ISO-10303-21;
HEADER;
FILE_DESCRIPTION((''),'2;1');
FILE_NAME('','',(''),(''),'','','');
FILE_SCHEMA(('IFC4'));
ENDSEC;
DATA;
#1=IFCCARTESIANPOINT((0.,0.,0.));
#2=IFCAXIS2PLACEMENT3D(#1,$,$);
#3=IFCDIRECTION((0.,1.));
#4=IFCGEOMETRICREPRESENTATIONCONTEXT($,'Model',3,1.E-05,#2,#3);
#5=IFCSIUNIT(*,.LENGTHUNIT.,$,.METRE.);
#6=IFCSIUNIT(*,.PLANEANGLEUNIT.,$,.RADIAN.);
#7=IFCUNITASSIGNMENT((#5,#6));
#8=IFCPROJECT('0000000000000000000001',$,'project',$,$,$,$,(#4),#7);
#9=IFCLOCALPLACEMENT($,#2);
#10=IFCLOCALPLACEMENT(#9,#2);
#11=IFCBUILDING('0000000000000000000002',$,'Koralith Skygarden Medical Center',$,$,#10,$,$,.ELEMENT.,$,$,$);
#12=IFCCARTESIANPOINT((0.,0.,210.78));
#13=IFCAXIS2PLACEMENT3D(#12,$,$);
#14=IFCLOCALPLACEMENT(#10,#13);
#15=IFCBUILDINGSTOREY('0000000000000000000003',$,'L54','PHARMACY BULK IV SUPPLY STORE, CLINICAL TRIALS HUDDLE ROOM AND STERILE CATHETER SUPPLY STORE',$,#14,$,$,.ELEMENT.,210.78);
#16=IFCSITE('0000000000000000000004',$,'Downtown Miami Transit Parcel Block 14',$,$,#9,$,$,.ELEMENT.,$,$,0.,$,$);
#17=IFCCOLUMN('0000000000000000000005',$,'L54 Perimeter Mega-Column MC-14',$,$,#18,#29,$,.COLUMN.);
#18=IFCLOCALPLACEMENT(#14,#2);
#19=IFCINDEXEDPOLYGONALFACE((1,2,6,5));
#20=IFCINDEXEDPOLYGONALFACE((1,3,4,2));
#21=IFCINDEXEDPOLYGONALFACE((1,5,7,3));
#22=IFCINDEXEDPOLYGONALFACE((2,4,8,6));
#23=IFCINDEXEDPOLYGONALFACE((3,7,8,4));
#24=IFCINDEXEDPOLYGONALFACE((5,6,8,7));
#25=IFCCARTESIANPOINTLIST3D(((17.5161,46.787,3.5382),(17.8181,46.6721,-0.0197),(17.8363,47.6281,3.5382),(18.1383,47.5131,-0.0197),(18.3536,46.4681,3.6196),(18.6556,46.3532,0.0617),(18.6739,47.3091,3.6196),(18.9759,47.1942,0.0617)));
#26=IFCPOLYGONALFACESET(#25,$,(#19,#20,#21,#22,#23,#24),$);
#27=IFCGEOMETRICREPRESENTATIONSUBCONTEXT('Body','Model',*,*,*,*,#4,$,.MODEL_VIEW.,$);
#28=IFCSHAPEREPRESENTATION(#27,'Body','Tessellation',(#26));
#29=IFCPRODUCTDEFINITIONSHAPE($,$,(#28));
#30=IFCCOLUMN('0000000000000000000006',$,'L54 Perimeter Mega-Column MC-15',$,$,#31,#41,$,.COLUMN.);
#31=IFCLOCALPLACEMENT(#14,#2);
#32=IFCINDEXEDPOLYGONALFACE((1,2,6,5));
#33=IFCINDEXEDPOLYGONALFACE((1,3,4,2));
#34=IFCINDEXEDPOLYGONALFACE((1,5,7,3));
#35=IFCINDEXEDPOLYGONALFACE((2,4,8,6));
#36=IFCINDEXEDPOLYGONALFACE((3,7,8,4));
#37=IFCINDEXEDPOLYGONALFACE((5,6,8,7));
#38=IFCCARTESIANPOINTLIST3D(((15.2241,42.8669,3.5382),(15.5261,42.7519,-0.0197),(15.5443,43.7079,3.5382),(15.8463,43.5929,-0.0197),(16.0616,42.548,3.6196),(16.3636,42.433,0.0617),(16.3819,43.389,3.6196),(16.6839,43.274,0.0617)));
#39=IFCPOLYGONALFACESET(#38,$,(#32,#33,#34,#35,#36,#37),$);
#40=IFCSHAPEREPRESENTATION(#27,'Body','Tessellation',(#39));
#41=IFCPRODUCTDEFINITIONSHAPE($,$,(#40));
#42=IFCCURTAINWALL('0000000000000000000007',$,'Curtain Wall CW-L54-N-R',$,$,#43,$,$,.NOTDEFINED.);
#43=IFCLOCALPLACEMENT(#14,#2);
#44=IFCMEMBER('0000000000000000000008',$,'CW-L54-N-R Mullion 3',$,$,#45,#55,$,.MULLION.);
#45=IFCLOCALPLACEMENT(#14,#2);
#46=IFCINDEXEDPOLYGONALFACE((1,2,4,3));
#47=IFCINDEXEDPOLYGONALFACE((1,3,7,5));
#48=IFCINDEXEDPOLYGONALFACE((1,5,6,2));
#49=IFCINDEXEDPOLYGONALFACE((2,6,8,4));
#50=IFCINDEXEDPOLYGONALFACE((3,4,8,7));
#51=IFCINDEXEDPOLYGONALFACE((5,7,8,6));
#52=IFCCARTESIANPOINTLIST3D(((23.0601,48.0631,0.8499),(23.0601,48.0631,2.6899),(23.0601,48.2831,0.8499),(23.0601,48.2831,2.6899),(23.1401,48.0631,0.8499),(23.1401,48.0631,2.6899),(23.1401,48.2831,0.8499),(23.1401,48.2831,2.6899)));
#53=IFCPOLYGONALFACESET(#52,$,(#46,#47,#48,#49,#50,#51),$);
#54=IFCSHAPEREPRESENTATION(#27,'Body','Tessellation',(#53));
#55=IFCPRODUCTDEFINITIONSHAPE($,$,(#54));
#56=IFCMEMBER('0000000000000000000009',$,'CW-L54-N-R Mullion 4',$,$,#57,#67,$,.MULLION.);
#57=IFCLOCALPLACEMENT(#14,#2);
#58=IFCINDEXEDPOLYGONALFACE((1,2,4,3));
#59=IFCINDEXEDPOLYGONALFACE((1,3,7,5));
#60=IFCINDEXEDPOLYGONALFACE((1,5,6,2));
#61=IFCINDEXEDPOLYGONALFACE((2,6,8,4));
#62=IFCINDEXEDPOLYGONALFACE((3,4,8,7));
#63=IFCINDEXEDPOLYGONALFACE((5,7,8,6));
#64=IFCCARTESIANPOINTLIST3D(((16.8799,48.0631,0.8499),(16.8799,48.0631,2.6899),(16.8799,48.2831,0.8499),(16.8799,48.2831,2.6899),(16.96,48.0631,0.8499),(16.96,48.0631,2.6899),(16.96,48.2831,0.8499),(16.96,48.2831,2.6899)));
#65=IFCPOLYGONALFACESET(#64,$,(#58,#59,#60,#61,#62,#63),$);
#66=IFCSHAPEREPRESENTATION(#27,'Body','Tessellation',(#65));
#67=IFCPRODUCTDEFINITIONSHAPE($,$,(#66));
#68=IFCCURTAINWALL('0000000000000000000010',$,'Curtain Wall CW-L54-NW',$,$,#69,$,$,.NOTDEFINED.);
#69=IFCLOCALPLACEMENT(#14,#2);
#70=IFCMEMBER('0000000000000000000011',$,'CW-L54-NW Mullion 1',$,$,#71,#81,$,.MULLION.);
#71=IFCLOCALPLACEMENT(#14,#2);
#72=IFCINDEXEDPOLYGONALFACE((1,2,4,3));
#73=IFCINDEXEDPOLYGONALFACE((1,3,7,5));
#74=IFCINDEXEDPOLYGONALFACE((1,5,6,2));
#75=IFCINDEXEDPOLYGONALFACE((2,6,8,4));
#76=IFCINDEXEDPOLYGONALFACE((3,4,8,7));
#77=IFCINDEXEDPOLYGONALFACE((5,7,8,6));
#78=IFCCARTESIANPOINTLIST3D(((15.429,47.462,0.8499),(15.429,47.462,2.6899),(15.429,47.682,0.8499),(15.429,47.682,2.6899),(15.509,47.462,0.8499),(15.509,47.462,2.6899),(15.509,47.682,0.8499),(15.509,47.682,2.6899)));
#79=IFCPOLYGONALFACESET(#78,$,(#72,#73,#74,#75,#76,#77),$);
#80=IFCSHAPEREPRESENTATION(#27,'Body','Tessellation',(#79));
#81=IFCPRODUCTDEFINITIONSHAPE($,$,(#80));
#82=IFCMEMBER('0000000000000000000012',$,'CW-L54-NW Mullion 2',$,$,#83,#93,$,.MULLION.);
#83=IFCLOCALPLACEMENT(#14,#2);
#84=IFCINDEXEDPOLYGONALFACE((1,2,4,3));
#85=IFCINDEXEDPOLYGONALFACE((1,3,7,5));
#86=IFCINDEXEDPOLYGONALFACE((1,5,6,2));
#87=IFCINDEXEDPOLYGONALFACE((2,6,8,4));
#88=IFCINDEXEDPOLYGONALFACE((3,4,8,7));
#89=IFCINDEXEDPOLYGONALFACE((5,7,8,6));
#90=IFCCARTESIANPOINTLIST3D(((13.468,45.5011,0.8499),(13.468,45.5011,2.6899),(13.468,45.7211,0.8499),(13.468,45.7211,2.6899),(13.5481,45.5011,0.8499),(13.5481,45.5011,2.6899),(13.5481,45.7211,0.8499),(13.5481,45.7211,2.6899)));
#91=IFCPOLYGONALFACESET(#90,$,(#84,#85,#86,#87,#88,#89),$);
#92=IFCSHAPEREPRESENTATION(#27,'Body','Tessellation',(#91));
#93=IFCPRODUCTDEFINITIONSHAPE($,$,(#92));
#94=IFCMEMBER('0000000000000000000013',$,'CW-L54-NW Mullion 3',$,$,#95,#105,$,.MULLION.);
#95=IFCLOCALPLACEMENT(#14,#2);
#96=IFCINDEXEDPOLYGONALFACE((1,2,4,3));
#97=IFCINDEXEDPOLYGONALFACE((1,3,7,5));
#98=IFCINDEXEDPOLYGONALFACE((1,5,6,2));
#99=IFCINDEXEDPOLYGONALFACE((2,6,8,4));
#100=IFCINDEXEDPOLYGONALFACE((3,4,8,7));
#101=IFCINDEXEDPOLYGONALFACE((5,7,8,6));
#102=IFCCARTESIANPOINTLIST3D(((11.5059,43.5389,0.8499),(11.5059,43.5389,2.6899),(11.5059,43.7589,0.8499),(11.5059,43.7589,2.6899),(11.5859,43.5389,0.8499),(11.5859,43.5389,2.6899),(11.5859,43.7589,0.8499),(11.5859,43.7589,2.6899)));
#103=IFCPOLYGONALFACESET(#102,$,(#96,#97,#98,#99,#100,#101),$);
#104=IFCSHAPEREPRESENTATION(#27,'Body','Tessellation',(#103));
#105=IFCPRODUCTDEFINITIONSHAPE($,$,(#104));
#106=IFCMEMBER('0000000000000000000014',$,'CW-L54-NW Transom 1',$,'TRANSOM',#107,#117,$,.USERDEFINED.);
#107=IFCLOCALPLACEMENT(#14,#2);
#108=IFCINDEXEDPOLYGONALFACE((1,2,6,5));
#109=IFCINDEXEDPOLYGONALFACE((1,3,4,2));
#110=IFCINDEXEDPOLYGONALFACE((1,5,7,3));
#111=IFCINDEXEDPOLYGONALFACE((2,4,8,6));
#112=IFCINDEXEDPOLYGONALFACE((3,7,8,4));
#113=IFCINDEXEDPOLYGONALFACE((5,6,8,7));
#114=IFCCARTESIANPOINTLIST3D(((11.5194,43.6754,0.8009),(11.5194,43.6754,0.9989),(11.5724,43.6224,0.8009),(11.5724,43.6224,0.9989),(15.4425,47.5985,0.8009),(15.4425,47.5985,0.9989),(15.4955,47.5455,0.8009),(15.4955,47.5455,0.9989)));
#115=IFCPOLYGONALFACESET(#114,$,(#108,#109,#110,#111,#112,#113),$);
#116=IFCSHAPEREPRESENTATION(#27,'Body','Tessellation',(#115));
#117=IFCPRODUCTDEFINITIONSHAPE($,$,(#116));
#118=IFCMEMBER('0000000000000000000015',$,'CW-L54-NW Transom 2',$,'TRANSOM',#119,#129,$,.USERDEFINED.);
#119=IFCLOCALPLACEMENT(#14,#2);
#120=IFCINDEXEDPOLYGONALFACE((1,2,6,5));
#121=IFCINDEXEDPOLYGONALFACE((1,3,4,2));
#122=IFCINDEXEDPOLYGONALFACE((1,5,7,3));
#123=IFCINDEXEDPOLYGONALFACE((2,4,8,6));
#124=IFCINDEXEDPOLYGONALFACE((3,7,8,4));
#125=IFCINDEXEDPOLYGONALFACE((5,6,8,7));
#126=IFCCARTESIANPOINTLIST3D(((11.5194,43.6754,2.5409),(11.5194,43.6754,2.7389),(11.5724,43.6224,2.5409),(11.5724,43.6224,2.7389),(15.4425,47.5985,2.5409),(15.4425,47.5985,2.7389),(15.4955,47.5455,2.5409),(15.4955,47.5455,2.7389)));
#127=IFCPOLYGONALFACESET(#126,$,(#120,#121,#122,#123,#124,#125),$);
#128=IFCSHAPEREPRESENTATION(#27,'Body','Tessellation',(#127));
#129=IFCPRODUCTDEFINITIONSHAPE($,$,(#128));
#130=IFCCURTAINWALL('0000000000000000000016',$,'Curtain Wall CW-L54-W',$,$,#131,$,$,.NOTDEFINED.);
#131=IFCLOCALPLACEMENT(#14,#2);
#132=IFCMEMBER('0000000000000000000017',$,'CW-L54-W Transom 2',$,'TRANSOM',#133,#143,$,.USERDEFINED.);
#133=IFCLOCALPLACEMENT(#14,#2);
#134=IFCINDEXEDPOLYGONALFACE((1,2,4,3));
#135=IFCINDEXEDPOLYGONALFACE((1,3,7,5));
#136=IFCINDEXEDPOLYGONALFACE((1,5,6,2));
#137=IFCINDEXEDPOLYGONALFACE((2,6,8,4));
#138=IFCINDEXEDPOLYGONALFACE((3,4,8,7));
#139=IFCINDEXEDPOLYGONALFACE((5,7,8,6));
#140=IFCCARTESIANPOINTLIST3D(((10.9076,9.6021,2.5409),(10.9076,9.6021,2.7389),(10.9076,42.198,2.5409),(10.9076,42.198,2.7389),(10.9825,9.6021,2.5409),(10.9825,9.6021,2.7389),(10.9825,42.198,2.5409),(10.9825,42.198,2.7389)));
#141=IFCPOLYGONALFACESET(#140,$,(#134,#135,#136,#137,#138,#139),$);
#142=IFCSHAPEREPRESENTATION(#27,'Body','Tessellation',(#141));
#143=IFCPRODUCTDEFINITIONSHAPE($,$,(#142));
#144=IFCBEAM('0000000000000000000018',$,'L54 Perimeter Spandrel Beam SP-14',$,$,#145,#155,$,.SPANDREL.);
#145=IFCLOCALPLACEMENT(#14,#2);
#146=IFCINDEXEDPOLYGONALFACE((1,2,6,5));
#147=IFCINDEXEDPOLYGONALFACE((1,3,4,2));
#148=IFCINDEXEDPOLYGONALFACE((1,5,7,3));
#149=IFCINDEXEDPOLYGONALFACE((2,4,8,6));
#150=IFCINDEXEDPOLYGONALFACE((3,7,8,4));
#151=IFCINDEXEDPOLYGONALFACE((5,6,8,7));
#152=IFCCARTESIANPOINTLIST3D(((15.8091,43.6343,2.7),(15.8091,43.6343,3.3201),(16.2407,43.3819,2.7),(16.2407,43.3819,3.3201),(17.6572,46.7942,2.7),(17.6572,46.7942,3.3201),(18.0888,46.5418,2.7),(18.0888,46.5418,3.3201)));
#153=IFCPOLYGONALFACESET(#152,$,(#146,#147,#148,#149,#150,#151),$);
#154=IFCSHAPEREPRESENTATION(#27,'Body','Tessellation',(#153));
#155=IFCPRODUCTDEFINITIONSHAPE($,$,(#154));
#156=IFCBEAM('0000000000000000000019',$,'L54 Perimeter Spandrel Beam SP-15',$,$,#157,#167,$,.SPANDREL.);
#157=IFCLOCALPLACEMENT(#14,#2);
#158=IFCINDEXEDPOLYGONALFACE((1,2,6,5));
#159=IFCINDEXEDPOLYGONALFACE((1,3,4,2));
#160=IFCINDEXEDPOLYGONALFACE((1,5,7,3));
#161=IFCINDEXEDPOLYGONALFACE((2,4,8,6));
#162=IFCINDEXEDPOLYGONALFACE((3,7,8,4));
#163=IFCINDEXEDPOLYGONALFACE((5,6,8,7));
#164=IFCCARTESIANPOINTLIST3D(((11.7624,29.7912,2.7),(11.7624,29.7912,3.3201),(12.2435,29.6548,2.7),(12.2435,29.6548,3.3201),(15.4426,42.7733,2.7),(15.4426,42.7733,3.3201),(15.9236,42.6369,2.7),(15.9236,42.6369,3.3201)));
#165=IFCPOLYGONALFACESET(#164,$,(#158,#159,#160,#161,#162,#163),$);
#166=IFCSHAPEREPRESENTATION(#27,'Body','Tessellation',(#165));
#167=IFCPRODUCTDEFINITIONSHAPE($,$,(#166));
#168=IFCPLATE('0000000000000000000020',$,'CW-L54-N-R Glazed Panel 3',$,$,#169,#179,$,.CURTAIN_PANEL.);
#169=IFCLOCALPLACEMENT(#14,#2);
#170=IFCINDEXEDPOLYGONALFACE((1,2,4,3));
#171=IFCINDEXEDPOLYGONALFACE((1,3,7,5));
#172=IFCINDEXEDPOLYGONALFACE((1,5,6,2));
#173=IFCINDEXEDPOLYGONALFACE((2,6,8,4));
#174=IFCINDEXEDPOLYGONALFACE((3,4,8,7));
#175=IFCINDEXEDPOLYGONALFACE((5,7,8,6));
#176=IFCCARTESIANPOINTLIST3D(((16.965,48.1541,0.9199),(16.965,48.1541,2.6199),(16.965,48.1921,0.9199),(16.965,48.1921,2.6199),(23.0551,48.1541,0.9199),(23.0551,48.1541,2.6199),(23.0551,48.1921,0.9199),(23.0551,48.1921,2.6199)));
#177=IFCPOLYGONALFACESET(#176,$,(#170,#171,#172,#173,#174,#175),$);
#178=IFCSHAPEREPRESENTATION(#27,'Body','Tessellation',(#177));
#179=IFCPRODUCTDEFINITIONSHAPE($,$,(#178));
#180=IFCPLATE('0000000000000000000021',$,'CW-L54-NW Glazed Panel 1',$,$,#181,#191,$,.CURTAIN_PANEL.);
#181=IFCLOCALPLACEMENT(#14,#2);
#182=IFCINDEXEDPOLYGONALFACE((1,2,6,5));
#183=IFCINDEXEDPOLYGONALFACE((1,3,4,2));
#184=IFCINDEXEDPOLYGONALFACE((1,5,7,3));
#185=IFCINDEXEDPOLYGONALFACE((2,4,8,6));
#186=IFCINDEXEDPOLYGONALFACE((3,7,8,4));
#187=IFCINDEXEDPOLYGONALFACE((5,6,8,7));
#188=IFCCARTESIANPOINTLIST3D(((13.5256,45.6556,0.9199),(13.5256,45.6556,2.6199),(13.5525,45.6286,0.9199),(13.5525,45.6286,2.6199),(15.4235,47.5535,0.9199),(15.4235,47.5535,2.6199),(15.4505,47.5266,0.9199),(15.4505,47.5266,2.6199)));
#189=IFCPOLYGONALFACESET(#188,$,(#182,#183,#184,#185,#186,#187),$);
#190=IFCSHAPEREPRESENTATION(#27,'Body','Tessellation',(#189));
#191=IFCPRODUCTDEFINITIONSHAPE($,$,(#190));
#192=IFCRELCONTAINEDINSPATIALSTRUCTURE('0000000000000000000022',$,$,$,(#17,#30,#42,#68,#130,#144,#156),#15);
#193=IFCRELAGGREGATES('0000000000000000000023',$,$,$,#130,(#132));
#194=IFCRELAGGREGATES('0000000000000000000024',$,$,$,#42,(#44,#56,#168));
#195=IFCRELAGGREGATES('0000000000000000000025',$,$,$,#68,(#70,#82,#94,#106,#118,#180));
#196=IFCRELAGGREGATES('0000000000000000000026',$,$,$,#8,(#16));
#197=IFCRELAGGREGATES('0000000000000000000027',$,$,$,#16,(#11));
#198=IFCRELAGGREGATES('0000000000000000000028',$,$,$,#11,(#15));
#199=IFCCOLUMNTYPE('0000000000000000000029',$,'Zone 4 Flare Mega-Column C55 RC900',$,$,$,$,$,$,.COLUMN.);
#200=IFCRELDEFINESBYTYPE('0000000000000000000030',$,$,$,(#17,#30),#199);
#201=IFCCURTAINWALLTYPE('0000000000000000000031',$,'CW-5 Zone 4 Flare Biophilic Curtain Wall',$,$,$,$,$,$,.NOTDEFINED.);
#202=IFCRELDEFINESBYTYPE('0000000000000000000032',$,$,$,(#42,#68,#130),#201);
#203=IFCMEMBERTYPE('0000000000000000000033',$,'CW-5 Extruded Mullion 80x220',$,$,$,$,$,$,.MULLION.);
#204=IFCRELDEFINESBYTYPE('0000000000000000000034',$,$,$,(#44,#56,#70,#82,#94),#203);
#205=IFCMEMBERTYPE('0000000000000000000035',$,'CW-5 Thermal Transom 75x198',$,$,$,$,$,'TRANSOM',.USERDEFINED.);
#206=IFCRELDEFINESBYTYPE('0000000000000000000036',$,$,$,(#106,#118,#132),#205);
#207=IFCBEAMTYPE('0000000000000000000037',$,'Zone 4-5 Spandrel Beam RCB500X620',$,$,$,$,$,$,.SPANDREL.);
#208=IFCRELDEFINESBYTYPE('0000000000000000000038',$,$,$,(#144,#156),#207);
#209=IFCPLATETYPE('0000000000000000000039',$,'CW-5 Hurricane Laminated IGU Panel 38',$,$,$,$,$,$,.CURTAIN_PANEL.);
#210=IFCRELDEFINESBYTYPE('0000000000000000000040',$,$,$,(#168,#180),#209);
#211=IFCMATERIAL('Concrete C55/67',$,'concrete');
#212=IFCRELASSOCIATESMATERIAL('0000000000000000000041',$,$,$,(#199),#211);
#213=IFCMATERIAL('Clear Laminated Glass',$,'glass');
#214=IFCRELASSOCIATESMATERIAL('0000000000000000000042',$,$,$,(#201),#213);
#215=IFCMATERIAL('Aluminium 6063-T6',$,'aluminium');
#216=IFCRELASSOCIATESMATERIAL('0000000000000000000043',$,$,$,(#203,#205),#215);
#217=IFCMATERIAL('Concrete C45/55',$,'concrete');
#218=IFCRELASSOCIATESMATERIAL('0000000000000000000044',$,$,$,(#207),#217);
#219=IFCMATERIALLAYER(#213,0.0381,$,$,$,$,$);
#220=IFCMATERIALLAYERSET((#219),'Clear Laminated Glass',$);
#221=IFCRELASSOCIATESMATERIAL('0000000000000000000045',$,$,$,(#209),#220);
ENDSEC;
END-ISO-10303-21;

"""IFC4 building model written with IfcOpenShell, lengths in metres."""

from ifc_helpers import new_model, si_unit, direction, frame, origin, origin_2d, place, context, subcontext, project, spatial, rectangle, extrude, material, layer, layer_set, material_profile, profile_set, type_object, element, aggregate, save


model = new_model("IFC4")

# Units and contexts
model_context = context("Model", 3, precision=1e-05, world=origin(), true_north=direction((0.0, 1.0)))
body_context = subcontext(model_context, "Body", "Model", "MODEL_VIEW")
ifc_project = project(units=[si_unit("LENGTHUNIT", "METRE"), si_unit("PLANEANGLEUNIT", "RADIAN")], contexts=[model_context])

# Site, building, storey
site_placement = place(None, origin())
site = spatial("IfcSite", under=ifc_project, at=site_placement, Name="Downtown Miami Transit Parcel Block 14", CompositionType="ELEMENT", RefElevation=0.0)
building_placement = place(site_placement, origin())
building = spatial("IfcBuilding", under=site, at=building_placement, Name="Koralith Skygarden Medical Center", CompositionType="ELEMENT")
storey_placement = place(building_placement, frame((0.0, 0.0, 210.78)))
storey = spatial("IfcBuildingStorey", under=building, at=storey_placement, Name="L54", Description="PHARMACY BULK IV SUPPLY STORE, CLINICAL TRIALS HUDDLE ROOM AND STERILE CATHETER SUPPLY STORE", CompositionType="ELEMENT", Elevation=210.78)

# Columns
ifc_material_1 = material(Name="Concrete C55/67", Category="concrete")
ifc_material_profile_1 = material_profile(ifc_material_1, rectangle(XDim=0.8999, YDim=0.8999, at=origin_2d()), Name="RC900X900")
ifc_profile_set_1 = profile_set([ifc_material_profile_1], Name="Concrete C55/67")
column_type = type_object("IfcColumnType", Name="Zone 4 Flare Mega-Column C55 RC900", PredefinedType="COLUMN", material=ifc_profile_set_1)
for number, where, z_axis, x_axis, name in (
    (1, (18.397, 46.9331, 0.021), (-0.084535, 0.032188, 0.9959), (-0.355838, -0.934548, 0.0), "L54 Perimeter Mega-Column MC-14"),
    (2, (16.105, 43.0129, 0.021), (-0.084535, 0.032188, 0.9959), (-0.355838, -0.934548, 0.0), "L54 Perimeter Mega-Column MC-15"),
):
    element("IfcColumn", number, at=place(storey_placement, frame(where, z_axis=z_axis, x_axis=x_axis)), inside=storey, type_object=column_type, Name=name, PredefinedType="COLUMN", context=body_context, shape_type="SweptSolid", body=[
        extrude(rectangle(XDim=0.8999, YDim=0.8999, at=origin_2d()), origin(), (0.0, 0.0, 1.0), 3.5725),
    ])

# Curtain walls, members
ifc_material_2 = material(Name="Clear Laminated Glass", Category="glass")
curtain_wall_type = type_object("IfcCurtainWallType", Name="CW-5 Zone 4 Flare Biophilic Curtain Wall", PredefinedType="NOTDEFINED", material=ifc_material_2)
curtain_wall_1_placement = place(storey_placement, origin())
curtain_wall_1 = element("IfcCurtainWall", 3, at=curtain_wall_1_placement, inside=storey, type_object=curtain_wall_type, Name="Curtain Wall CW-L54-N-R", PredefinedType="NOTDEFINED")
ifc_material_3 = material(Name="Aluminium 6063-T6", Category="aluminium")
ifc_material_profile_2 = material_profile(ifc_material_3, rectangle(XDim=0.0801, YDim=0.22, at=origin_2d()), Name="MUL80X220")
ifc_profile_set_2 = profile_set([ifc_material_profile_2], Name="Aluminium 6063-T6")
member_type_1 = type_object("IfcMemberType", Name="CW-5 Extruded Mullion 80x220", PredefinedType="MULLION", material=ifc_profile_set_2)
member_1_placement = place(storey_placement, frame((23.1001, 48.1731, 0.8499), z_axis=(0.0, 0.0, 1.0), x_axis=(1.0, 0.0, 0.0)))
member_1 = element("IfcMember", 4, at=member_1_placement, type_object=member_type_1, Name="CW-L54-N-R Mullion 3", PredefinedType="MULLION", context=body_context, shape_type="SweptSolid", body=[
    extrude(rectangle(XDim=0.0801, YDim=0.22, at=origin_2d()), origin(), (0.0, 0.0, 1.0), 1.8401),
])
member_2_placement = place(storey_placement, frame((16.9199, 48.1731, 0.8499), z_axis=(0.0, 0.0, 1.0), x_axis=(1.0, 0.0, 0.0)))
member_2 = element("IfcMember", 5, at=member_2_placement, type_object=member_type_1, Name="CW-L54-N-R Mullion 4", PredefinedType="MULLION", context=body_context, shape_type="SweptSolid", body=[
    extrude(rectangle(XDim=0.0801, YDim=0.22, at=origin_2d()), origin(), (0.0, 0.0, 1.0), 1.8401),
])
curtain_wall_2_placement = place(storey_placement, origin())
curtain_wall_2 = element("IfcCurtainWall", 6, at=curtain_wall_2_placement, inside=storey, type_object=curtain_wall_type, Name="Curtain Wall CW-L54-NW", PredefinedType="NOTDEFINED")
member_3_placement = place(storey_placement, frame((15.469, 47.572, 0.8499), z_axis=(0.0, 0.0, 1.0), x_axis=(1.0, 0.0, 0.0)))
member_3 = element("IfcMember", 7, at=member_3_placement, type_object=member_type_1, Name="CW-L54-NW Mullion 1", PredefinedType="MULLION", context=body_context, shape_type="SweptSolid", body=[
    extrude(rectangle(XDim=0.0801, YDim=0.22, at=origin_2d()), origin(), (0.0, 0.0, 1.0), 1.8401),
])
member_4_placement = place(storey_placement, frame((13.5081, 45.6111, 0.8499), z_axis=(0.0, 0.0, 1.0), x_axis=(1.0, 0.0, 0.0)))
member_4 = element("IfcMember", 8, at=member_4_placement, type_object=member_type_1, Name="CW-L54-NW Mullion 2", PredefinedType="MULLION", context=body_context, shape_type="SweptSolid", body=[
    extrude(rectangle(XDim=0.0801, YDim=0.22, at=origin_2d()), origin(), (0.0, 0.0, 1.0), 1.8401),
])
member_5_placement = place(storey_placement, frame((11.5459, 43.6489, 0.8499), z_axis=(0.0, 0.0, 1.0), x_axis=(1.0, 0.0, 0.0)))
member_5 = element("IfcMember", 9, at=member_5_placement, type_object=member_type_1, Name="CW-L54-NW Mullion 3", PredefinedType="MULLION", context=body_context, shape_type="SweptSolid", body=[
    extrude(rectangle(XDim=0.0801, YDim=0.22, at=origin_2d()), origin(), (0.0, 0.0, 1.0), 1.8401),
])
ifc_material_profile_3 = material_profile(ifc_material_3, rectangle(XDim=0.075, YDim=0.198, at=origin_2d()), Name="TRN75X198")
ifc_profile_set_3 = profile_set([ifc_material_profile_3], Name="Aluminium 6063-T6")
member_type_2 = type_object("IfcMemberType", Name="CW-5 Thermal Transom 75x198", ElementType="TRANSOM", PredefinedType="USERDEFINED", material=ifc_profile_set_3)
member_6_placement = place(storey_placement, frame((15.469, 47.572, 0.8999), z_axis=(-0.707107, -0.707107, 0.0), x_axis=(0.707107, -0.707107, 0.0)))
member_6 = element("IfcMember", 10, at=member_6_placement, type_object=member_type_2, Name="CW-L54-NW Transom 1", ObjectType="TRANSOM", PredefinedType="USERDEFINED", context=body_context, shape_type="SweptSolid", body=[
    extrude(rectangle(XDim=0.075, YDim=0.198, at=origin_2d()), origin(), (0.0, 0.0, 1.0), 5.5481),
])
member_7_placement = place(storey_placement, frame((15.469, 47.572, 2.6399), z_axis=(-0.707107, -0.707107, 0.0), x_axis=(0.707107, -0.707107, 0.0)))
member_7 = element("IfcMember", 11, at=member_7_placement, type_object=member_type_2, Name="CW-L54-NW Transom 2", ObjectType="TRANSOM", PredefinedType="USERDEFINED", context=body_context, shape_type="SweptSolid", body=[
    extrude(rectangle(XDim=0.075, YDim=0.198, at=origin_2d()), origin(), (0.0, 0.0, 1.0), 5.5481),
])

# Curtain wall, member
curtain_wall_3_placement = place(storey_placement, origin())
curtain_wall_3 = element("IfcCurtainWall", 12, at=curtain_wall_3_placement, inside=storey, type_object=curtain_wall_type, Name="Curtain Wall CW-L54-W", PredefinedType="NOTDEFINED")
member_8_placement = place(storey_placement, frame((10.9451, 42.198, 2.6399), z_axis=(0.0, -1.0, 0.0), x_axis=(1.0, 0.0, 0.0)))
member_8 = element("IfcMember", 13, at=member_8_placement, type_object=member_type_2, Name="CW-L54-W Transom 2", ObjectType="TRANSOM", PredefinedType="USERDEFINED", context=body_context, shape_type="SweptSolid", body=[
    extrude(rectangle(XDim=0.075, YDim=0.198, at=origin_2d()), origin(), (0.0, 0.0, 1.0), 32.5959),
])
aggregate(curtain_wall_3, [member_8])

# Beams
ifc_material_4 = material(Name="Concrete C45/55", Category="concrete")
ifc_material_profile_4 = material_profile(ifc_material_4, rectangle(XDim=0.5, YDim=0.6201, at=origin_2d()), Name="RCB500X620")
ifc_profile_set_4 = profile_set([ifc_material_profile_4], Name="Concrete C45/55")
beam_type = type_object("IfcBeamType", Name="Zone 4-5 Spandrel Beam RCB500X620", PredefinedType="SPANDREL", material=ifc_profile_set_4)
beam_1_placement = place(storey_placement, frame((17.873, 46.668, 3.01), z_axis=(-0.504862, -0.8632, 0.0), x_axis=(0.8632, -0.504862, 0.0)))
element("IfcBeam", 14, at=beam_1_placement, inside=storey, type_object=beam_type, Name="L54 Perimeter Spandrel Beam SP-14", PredefinedType="SPANDREL", context=body_context, shape_type="SweptSolid", body=[
    extrude(rectangle(XDim=0.5, YDim=0.6201, at=origin_2d()), origin(), (0.0, 0.0, 1.0), 3.6606),
])
beam_2_placement = place(storey_placement, frame((15.6831, 42.7051, 3.01), z_axis=(-0.272732, -0.96209, 0.0), x_axis=(0.96209, -0.272732, 0.0)))
element("IfcBeam", 15, at=beam_2_placement, inside=storey, type_object=beam_type, Name="L54 Perimeter Spandrel Beam SP-15", PredefinedType="SPANDREL", context=body_context, shape_type="SweptSolid", body=[
    extrude(rectangle(XDim=0.5, YDim=0.6201, at=origin_2d()), origin(), (0.0, 0.0, 1.0), 13.4937),
])

# Plates
ifc_layer_1 = layer(ifc_material_2, 0.0381)
ifc_layer_set_1 = layer_set([ifc_layer_1], Name="Clear Laminated Glass")
plate_type_1 = type_object("IfcPlateType", Name="CW-5 Hurricane Laminated IGU Panel 38", PredefinedType="CURTAIN_PANEL", material=ifc_layer_set_1)
plate_1_placement = place(storey_placement, frame((20.01, 48.1731, 0.9199), z_axis=(0.0, 0.0, 1.0), x_axis=(-1.0, 0.0, 0.0)))
plate_1 = element("IfcPlate", 16, at=plate_1_placement, type_object=plate_type_1, Name="CW-L54-N-R Glazed Panel 3", PredefinedType="CURTAIN_PANEL", context=body_context, shape_type="SweptSolid", body=[
    extrude(rectangle(XDim=6.0901, YDim=0.0381, at=origin_2d()), origin(), (0.0, 0.0, 1.0), 1.7),
])
aggregate(curtain_wall_1, [member_1, member_2, plate_1])
plate_2_placement = place(storey_placement, frame((14.488, 46.5911, 0.9199), z_axis=(0.0, 0.0, 1.0), x_axis=(-0.707107, -0.707107, 0.0)))
plate_2 = element("IfcPlate", 17, at=plate_2_placement, type_object=plate_type_1, Name="CW-L54-NW Glazed Panel 1", PredefinedType="CURTAIN_PANEL", context=body_context, shape_type="SweptSolid", body=[
    extrude(rectangle(XDim=2.6841, YDim=0.0381, at=origin_2d()), origin(), (0.0, 0.0, 1.0), 1.7),
])
aggregate(curtain_wall_2, [member_3, member_4, member_5, member_6, member_7, plate_2])

save(model, "model.ifc")
